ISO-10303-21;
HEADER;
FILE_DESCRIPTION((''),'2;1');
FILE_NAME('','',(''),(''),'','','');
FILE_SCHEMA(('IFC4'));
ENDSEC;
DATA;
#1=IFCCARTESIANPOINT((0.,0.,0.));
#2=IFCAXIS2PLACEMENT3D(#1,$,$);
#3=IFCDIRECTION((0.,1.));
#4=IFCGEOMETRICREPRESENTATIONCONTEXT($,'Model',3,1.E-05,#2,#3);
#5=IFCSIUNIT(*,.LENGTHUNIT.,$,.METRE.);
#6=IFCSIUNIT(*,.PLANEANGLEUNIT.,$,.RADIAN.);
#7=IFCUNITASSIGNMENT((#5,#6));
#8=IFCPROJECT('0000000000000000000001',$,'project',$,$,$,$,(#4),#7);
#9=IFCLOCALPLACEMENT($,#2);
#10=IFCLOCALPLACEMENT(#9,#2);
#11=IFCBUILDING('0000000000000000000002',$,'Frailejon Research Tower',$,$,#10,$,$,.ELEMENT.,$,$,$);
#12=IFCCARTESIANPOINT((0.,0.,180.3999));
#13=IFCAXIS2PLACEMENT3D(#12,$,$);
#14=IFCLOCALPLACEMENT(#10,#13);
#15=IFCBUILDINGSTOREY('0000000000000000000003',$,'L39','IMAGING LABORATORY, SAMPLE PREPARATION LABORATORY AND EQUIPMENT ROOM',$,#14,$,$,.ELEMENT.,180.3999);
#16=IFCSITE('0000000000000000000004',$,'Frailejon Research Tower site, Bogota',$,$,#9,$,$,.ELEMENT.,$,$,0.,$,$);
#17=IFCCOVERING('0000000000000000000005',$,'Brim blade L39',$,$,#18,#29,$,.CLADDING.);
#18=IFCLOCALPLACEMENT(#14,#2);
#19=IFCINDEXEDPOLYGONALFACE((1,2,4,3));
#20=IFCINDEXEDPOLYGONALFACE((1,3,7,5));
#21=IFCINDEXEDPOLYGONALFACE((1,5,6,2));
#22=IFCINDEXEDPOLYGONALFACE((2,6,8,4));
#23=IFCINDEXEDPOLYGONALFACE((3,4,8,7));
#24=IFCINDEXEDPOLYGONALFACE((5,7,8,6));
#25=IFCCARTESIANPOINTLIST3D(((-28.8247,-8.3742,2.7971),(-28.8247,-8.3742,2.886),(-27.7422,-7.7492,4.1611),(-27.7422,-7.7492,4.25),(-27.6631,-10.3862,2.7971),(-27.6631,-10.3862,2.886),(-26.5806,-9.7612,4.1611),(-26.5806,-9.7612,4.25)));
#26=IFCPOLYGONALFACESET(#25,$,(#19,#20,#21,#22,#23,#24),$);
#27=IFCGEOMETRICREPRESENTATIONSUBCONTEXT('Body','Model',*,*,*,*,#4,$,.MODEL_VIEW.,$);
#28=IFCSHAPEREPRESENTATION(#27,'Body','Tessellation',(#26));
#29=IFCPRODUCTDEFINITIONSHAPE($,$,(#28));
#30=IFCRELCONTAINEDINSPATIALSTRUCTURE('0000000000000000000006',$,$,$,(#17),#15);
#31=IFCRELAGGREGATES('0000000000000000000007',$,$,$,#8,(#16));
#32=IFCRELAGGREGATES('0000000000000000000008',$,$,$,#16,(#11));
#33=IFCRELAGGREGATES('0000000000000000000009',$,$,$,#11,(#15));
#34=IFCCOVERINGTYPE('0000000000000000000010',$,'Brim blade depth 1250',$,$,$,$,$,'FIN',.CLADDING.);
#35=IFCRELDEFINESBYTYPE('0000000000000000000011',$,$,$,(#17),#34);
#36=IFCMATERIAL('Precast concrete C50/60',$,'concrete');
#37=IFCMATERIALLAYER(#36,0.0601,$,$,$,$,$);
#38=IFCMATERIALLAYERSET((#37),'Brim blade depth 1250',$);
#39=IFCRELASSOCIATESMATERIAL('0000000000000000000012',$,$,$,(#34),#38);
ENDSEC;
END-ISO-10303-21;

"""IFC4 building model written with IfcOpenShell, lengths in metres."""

from ifc_helpers import new_model, si_unit, direction, frame, origin, place, context, subcontext, project, spatial, polyline, outline, extrude, material, layer, layer_set, type_object, element, save


model = new_model("IFC4")

# Units and contexts
model_context = context("Model", 3, precision=1e-05, world=origin(), true_north=direction((0.0, 1.0)))
body_context = subcontext(model_context, "Body", "Model", "MODEL_VIEW")
ifc_project = project(units=[si_unit("LENGTHUNIT", "METRE"), si_unit("PLANEANGLEUNIT", "RADIAN")], contexts=[model_context])

# Site, building, storey
site_placement = place(None, origin())
site = spatial("IfcSite", under=ifc_project, at=site_placement, Name="Frailejon Research Tower site, Bogota", CompositionType="ELEMENT", RefElevation=0.0)
building_placement = place(site_placement, origin())
building = spatial("IfcBuilding", under=site, at=building_placement, Name="Frailejon Research Tower", CompositionType="ELEMENT")
storey_placement = place(building_placement, frame((0.0, 0.0, 180.3999)))
storey = spatial("IfcBuildingStorey", under=building, at=storey_placement, Name="L39", Description="IMAGING LABORATORY, SAMPLE PREPARATION LABORATORY AND EQUIPMENT ROOM", CompositionType="ELEMENT", Elevation=180.3999)

# Covering
ifc_material_1 = material(Name="Precast concrete C50/60", Category="concrete")
ifc_layer_1 = layer(ifc_material_1, 0.0601)
ifc_layer_set_1 = layer_set([ifc_layer_1], Name="Brim blade depth 1250")
covering_type_1 = type_object("IfcCoveringType", Name="Brim blade depth 1250", ElementType="FIN", PredefinedType="CLADDING", material=ifc_layer_set_1)
covering_1_placement = place(storey_placement, frame((-26.5806, -9.7612, 4.25), z_axis=(-0.499994, 0.866029, 0.0), x_axis=(-0.866029, -0.499994, 0.0)))
element("IfcCovering", 1, at=covering_1_placement, inside=storey, type_object=covering_type_1, Name="Brim blade L39", PredefinedType="CLADDING", context=body_context, shape_type="SweptSolid", body=[
    extrude(outline(polyline([(0.0, -0.0889), (1.25, -1.4529), (1.25, -1.364), (0.0, 0.0), (0.0, -0.0889)])), origin(), (0.0, 0.0, 1.0), 2.3232),
])

save(model, "model.ifc")
